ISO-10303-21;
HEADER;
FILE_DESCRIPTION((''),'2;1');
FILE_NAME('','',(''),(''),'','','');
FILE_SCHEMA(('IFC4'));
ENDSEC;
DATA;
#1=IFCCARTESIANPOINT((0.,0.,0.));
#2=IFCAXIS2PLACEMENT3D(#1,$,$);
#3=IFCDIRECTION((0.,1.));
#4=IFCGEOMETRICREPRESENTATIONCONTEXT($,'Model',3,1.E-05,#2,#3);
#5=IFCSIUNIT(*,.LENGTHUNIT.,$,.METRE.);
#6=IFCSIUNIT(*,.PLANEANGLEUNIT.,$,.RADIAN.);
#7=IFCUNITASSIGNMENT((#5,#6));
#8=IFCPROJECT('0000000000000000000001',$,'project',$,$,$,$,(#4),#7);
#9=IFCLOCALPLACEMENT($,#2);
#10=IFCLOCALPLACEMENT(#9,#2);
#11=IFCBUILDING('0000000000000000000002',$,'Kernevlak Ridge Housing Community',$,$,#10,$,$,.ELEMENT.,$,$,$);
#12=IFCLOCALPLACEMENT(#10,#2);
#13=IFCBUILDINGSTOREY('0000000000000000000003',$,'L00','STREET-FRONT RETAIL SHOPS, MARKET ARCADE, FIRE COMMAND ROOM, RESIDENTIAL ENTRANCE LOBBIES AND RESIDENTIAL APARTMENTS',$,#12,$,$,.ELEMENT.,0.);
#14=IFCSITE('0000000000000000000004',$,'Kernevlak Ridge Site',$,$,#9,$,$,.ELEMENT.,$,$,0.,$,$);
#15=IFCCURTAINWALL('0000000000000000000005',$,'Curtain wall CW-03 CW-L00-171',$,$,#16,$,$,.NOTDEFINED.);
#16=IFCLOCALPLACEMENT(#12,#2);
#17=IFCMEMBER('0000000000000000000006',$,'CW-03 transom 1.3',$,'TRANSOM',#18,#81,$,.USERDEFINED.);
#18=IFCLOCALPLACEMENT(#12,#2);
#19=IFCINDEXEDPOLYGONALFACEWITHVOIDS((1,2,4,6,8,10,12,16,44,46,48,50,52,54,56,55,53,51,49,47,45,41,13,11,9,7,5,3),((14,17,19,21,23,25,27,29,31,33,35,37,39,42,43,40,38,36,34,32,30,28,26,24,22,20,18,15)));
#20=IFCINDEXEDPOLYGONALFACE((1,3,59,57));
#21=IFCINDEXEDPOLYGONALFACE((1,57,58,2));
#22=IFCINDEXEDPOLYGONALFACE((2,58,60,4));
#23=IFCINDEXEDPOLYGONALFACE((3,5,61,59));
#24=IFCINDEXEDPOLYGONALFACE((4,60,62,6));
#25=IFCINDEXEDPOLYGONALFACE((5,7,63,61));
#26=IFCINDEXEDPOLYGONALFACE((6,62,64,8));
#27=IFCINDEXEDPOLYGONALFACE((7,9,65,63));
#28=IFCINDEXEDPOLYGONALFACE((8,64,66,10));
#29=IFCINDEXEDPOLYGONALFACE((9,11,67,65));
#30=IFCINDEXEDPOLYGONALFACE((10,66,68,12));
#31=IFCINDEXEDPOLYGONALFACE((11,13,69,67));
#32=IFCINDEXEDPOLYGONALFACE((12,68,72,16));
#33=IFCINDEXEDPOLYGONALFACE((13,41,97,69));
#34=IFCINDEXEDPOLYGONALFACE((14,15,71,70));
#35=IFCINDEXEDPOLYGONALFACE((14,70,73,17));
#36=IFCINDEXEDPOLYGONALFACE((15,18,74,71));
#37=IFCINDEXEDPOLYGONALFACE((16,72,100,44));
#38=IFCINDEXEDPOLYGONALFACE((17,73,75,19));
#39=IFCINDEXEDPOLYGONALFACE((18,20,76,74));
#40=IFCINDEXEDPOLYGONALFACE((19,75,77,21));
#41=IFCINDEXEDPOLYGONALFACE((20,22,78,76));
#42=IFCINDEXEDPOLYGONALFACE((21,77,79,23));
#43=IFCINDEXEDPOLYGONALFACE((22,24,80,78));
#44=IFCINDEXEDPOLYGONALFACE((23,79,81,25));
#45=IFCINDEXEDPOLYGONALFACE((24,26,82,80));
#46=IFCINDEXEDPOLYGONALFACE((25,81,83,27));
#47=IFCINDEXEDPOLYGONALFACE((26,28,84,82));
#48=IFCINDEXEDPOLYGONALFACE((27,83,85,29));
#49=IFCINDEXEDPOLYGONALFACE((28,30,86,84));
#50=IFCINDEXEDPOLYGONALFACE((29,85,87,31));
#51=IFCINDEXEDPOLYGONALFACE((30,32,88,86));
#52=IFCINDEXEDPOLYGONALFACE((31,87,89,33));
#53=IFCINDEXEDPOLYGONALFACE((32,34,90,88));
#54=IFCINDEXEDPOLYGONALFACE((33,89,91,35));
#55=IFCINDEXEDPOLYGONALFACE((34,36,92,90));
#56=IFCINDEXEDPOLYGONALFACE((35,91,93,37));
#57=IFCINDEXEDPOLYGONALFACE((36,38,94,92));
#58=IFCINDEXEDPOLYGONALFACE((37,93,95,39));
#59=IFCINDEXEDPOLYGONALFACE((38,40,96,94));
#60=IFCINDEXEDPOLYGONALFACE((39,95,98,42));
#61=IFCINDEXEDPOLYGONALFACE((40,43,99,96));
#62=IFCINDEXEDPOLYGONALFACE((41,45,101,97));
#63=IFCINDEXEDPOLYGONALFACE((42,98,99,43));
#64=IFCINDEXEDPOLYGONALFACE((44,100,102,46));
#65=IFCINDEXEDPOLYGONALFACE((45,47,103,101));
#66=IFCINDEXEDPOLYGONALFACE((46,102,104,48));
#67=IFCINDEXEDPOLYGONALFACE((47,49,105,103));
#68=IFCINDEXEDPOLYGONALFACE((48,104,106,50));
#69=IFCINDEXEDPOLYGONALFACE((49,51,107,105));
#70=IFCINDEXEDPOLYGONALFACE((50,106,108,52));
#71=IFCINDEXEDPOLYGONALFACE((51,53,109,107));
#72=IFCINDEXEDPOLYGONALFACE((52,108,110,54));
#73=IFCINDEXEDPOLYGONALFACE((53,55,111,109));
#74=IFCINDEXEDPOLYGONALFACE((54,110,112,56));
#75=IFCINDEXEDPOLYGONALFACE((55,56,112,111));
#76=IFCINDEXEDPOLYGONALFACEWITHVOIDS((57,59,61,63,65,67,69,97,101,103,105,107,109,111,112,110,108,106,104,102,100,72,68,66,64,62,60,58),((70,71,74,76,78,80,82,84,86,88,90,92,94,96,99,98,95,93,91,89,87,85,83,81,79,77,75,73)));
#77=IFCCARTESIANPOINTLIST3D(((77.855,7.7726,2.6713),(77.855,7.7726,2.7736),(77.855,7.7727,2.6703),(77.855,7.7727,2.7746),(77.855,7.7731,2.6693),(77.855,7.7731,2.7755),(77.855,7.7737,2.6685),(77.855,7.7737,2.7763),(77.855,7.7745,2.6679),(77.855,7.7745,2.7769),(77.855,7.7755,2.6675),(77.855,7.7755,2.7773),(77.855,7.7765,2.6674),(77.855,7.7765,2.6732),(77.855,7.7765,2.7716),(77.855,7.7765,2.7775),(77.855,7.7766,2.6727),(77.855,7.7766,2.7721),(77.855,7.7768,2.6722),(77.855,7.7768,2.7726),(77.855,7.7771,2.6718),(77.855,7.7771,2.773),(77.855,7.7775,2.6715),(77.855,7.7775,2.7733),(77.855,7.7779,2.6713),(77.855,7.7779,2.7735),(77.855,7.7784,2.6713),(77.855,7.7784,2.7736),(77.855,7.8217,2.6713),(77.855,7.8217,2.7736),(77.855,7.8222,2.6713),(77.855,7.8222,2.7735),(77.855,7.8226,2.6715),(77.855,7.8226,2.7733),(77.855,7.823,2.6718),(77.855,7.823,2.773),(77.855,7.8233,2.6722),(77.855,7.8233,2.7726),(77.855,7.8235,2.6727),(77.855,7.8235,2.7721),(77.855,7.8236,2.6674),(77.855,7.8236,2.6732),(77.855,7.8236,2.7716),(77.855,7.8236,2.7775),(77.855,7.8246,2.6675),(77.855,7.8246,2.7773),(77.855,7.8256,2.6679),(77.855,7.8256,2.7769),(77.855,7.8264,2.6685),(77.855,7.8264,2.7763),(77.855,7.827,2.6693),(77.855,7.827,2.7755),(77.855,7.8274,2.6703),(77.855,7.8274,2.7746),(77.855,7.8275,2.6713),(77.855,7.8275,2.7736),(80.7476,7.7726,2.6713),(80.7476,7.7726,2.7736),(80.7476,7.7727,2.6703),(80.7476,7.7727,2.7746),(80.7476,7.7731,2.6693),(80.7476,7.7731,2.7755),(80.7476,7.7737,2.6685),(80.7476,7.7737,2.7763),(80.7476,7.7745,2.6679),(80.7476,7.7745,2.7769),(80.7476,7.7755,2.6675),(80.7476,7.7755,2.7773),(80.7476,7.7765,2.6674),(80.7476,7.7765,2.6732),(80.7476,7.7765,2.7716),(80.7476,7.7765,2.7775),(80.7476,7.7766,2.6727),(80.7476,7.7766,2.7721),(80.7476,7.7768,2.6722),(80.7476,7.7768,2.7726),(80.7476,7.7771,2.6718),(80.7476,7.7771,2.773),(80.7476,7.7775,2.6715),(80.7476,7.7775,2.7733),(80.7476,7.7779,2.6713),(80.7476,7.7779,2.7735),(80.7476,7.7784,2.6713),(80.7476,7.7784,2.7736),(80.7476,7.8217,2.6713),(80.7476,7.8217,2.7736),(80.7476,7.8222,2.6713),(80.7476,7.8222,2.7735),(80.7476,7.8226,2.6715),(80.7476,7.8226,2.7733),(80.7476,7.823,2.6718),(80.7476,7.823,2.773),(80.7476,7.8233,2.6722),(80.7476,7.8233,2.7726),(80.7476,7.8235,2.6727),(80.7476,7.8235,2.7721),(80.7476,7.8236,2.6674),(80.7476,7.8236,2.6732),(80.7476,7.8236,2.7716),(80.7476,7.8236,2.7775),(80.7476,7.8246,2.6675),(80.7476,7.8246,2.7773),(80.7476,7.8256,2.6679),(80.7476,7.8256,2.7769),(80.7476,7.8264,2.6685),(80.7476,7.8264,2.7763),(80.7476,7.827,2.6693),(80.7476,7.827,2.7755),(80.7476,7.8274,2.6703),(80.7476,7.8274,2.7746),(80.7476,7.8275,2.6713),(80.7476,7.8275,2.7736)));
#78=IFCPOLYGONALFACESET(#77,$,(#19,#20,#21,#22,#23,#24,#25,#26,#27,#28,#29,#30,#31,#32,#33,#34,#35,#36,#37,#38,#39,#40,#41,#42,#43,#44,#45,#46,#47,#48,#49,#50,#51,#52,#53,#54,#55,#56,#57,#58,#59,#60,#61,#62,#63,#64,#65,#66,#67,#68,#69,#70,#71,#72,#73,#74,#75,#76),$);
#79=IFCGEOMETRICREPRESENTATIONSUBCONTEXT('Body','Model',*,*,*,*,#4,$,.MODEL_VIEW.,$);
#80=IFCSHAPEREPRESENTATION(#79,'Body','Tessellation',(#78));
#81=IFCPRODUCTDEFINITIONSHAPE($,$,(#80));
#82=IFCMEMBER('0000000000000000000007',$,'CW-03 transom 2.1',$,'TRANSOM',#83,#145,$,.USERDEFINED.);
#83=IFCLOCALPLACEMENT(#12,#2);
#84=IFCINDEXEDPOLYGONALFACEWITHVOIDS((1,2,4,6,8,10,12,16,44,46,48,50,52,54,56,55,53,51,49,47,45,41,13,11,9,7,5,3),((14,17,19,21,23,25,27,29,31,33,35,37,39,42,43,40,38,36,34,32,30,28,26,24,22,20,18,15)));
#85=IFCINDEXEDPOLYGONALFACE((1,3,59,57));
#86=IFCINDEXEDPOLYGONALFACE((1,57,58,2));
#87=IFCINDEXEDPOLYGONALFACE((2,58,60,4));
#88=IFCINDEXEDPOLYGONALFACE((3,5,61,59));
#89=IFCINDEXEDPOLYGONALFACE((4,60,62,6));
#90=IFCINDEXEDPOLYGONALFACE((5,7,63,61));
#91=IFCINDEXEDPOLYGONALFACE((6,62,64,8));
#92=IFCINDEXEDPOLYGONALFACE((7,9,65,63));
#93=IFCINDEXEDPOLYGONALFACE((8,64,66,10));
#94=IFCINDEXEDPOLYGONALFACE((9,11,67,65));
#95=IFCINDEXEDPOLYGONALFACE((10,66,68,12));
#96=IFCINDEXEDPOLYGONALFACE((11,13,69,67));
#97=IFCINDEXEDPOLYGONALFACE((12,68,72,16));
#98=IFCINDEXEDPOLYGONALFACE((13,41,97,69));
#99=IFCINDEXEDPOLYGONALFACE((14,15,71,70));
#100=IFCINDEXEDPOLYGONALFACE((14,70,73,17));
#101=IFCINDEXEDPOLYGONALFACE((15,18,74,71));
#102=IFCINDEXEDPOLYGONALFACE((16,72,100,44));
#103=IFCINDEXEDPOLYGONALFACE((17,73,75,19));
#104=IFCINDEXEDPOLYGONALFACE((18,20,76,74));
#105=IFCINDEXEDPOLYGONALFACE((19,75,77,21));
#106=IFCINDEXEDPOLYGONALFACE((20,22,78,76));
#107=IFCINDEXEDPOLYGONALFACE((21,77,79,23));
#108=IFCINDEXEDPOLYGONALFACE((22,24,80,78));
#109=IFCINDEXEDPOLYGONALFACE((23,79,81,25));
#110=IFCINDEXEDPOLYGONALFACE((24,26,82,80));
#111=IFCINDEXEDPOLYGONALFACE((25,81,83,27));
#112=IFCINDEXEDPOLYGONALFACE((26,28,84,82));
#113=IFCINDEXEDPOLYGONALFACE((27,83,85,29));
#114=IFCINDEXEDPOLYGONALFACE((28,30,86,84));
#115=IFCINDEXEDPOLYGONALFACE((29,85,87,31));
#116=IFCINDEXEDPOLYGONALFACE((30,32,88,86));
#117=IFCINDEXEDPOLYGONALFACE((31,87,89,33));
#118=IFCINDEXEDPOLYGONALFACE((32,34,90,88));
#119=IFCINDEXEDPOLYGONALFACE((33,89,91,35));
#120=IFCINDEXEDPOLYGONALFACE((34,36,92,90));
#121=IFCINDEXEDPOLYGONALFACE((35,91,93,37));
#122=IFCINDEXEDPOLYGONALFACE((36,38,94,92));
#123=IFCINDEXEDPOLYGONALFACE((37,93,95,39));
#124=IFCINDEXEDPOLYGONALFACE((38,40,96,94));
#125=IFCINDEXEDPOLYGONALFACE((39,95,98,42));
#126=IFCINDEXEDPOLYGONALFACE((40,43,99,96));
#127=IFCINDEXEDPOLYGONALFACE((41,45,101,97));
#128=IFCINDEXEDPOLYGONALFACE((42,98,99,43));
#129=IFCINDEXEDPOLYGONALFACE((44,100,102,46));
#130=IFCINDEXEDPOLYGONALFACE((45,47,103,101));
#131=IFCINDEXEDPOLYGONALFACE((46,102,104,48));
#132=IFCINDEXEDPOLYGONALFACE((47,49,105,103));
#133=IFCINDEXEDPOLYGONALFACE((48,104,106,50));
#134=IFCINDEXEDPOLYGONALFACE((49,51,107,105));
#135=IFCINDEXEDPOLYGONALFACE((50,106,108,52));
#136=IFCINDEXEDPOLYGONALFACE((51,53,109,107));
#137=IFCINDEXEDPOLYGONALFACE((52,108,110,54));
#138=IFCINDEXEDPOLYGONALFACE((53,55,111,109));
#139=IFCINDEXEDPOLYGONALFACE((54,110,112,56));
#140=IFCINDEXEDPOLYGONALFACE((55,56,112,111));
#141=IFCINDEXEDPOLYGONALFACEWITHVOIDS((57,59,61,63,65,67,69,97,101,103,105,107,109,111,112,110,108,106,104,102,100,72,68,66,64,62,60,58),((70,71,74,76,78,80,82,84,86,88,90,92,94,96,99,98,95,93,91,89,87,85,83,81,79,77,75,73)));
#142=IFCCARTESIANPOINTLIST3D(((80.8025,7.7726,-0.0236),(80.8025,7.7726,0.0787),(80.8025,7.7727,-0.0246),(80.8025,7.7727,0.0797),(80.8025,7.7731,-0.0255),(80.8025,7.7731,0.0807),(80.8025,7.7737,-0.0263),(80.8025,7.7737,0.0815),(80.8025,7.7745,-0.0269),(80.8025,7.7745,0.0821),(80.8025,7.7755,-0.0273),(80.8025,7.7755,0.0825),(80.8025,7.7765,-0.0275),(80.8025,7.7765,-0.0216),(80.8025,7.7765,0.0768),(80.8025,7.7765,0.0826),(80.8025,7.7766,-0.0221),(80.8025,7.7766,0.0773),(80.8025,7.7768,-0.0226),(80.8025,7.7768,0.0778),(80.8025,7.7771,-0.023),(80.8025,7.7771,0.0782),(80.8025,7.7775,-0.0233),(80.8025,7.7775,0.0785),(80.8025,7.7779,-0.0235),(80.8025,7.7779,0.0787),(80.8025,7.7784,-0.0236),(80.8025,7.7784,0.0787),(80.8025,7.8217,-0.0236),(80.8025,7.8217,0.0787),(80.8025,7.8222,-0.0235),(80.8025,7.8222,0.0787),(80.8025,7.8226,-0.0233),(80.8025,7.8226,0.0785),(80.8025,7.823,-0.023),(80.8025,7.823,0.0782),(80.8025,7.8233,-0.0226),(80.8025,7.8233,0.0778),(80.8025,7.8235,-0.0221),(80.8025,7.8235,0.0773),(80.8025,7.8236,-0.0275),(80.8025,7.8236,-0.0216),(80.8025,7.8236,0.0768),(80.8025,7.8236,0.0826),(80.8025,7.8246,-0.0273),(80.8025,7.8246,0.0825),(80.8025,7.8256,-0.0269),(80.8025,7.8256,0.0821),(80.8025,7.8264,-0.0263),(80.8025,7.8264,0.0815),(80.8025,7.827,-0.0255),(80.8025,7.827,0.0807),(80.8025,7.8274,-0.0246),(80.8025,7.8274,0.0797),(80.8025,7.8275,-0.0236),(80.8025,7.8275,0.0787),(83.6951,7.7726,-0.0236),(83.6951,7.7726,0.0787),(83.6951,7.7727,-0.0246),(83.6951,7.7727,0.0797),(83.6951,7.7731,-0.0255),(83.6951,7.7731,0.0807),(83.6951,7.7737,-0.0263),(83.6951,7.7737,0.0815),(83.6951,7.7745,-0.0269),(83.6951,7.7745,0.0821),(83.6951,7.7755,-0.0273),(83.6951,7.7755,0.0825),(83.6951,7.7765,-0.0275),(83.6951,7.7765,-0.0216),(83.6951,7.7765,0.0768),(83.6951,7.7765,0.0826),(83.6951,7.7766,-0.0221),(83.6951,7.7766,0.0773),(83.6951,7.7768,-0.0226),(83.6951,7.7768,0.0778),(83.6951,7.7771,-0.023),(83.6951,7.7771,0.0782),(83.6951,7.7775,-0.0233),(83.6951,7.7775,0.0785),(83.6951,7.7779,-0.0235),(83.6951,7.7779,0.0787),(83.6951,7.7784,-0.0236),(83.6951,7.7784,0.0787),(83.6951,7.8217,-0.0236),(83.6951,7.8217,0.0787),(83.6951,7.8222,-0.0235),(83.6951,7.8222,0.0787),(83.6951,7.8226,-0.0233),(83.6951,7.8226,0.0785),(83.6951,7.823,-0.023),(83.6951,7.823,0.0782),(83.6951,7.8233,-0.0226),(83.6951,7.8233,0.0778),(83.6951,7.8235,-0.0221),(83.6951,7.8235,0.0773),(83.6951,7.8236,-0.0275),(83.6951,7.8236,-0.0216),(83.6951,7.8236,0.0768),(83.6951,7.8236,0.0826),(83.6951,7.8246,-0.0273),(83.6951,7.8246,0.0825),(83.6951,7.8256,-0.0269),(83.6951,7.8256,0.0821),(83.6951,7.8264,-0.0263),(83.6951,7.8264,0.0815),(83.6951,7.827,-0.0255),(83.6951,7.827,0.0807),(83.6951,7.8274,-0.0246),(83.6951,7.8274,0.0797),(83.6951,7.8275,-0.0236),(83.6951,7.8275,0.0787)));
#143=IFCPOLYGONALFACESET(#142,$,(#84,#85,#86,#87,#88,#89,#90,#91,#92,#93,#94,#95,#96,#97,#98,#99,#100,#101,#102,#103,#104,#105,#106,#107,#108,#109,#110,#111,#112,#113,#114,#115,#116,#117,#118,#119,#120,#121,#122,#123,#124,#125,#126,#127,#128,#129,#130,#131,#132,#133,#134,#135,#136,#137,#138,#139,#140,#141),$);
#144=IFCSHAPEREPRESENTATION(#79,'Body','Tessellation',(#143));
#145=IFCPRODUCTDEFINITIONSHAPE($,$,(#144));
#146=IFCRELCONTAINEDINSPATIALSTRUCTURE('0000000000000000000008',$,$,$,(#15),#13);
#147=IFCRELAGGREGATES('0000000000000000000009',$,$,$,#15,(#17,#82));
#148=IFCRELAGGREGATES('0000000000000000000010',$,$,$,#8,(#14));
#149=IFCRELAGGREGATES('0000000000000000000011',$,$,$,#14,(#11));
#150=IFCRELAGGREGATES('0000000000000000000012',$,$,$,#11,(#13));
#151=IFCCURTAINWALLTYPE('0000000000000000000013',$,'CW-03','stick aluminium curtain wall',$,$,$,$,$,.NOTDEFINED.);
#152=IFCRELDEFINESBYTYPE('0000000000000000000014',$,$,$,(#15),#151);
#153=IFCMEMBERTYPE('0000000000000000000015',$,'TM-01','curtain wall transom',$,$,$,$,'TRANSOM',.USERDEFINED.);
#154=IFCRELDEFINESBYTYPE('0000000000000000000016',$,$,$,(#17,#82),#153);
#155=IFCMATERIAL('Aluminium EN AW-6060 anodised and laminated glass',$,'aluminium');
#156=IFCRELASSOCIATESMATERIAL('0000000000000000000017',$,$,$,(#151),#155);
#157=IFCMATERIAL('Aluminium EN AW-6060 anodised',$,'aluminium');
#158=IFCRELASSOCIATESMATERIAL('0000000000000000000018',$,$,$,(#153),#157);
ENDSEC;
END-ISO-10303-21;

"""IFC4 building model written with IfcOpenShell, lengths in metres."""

from ifc_helpers import new_model, si_unit, direction, frame, origin, origin_2d, place, context, subcontext, project, spatial, hollow_rectangle, extrude, material, material_profile, profile_set, type_object, element, aggregate, save


model = new_model("IFC4")

# Units and contexts
model_context = context("Model", 3, precision=1e-05, world=origin(), true_north=direction((0.0, 1.0)))
body_context = subcontext(model_context, "Body", "Model", "MODEL_VIEW")
ifc_project = project(units=[si_unit("LENGTHUNIT", "METRE"), si_unit("PLANEANGLEUNIT", "RADIAN")], contexts=[model_context])

# Site, building, storey
site_placement = place(None, origin())
site = spatial("IfcSite", under=ifc_project, at=site_placement, Name="Kernevlak Ridge Site", CompositionType="ELEMENT", RefElevation=0.0)
building_placement = place(site_placement, origin())
building = spatial("IfcBuilding", under=site, at=building_placement, Name="Kernevlak Ridge Housing Community", CompositionType="ELEMENT")
storey_placement = place(building_placement, origin())
storey = spatial("IfcBuildingStorey", under=building, at=storey_placement, Name="L00", Description="STREET-FRONT RETAIL SHOPS, MARKET ARCADE, FIRE COMMAND ROOM, RESIDENTIAL ENTRANCE LOBBIES AND RESIDENTIAL APARTMENTS", CompositionType="ELEMENT", Elevation=0.0)

# Curtain wall
ifc_material_1 = material(Name="Aluminium EN AW-6060 anodised and laminated glass", Category="aluminium")
curtain_wall_type = type_object("IfcCurtainWallType", Name="CW-03", Description="stick aluminium curtain wall", PredefinedType="NOTDEFINED", material=ifc_material_1)
curtain_wall_placement = place(storey_placement, origin())
curtain_wall = element("IfcCurtainWall", 1, at=curtain_wall_placement, inside=storey, type_object=curtain_wall_type, Name="Curtain wall CW-03 CW-L00-171", PredefinedType="NOTDEFINED")
ifc_material_2 = material(Name="Aluminium EN AW-6060 anodised", Category="aluminium")

# Members
ifc_material_profile_1 = material_profile(ifc_material_2, hollow_rectangle(XDim=0.0549, YDim=0.1101, WallThickness=0.0039, InnerFilletRadius=0.002, OuterFilletRadius=0.0039, at=origin_2d()), Name="ALU 55x110x4")
ifc_profile_set_1 = profile_set([ifc_material_profile_1], Name="Aluminium EN AW-6060 anodised")
member_type_1 = type_object("IfcMemberType", Name="TM-01", Description="curtain wall transom", ElementType="TRANSOM", PredefinedType="USERDEFINED", material=ifc_profile_set_1)
member_1_placement = place(storey_placement, frame((77.855, 7.8, 2.7224), z_axis=(1.0, 0.0, 0.0), x_axis=(0.0, 1.0, 0.0)))
member_1 = element("IfcMember", 2, at=member_1_placement, type_object=member_type_1, Name="CW-03 transom 1.3", ObjectType="TRANSOM", PredefinedType="USERDEFINED", context=body_context, shape_type="SweptSolid", body=[
    extrude(hollow_rectangle(XDim=0.0549, YDim=0.1101, WallThickness=0.0039, InnerFilletRadius=0.002, OuterFilletRadius=0.0039, at=origin_2d()), origin(), (0.0, 0.0, 1.0), 2.8926),
])
member_2_placement = place(storey_placement, frame((80.8025, 7.8, 0.0276), z_axis=(1.0, 0.0, 0.0), x_axis=(0.0, 1.0, 0.0)))
member_2 = element("IfcMember", 3, at=member_2_placement, type_object=member_type_1, Name="CW-03 transom 2.1", ObjectType="TRANSOM", PredefinedType="USERDEFINED", context=body_context, shape_type="SweptSolid", body=[
    extrude(hollow_rectangle(XDim=0.0549, YDim=0.1101, WallThickness=0.0039, InnerFilletRadius=0.002, OuterFilletRadius=0.0039, at=origin_2d()), origin(), (0.0, 0.0, 1.0), 2.8926),
])

aggregate(curtain_wall, [member_1, member_2])

save(model, "model.ifc")
